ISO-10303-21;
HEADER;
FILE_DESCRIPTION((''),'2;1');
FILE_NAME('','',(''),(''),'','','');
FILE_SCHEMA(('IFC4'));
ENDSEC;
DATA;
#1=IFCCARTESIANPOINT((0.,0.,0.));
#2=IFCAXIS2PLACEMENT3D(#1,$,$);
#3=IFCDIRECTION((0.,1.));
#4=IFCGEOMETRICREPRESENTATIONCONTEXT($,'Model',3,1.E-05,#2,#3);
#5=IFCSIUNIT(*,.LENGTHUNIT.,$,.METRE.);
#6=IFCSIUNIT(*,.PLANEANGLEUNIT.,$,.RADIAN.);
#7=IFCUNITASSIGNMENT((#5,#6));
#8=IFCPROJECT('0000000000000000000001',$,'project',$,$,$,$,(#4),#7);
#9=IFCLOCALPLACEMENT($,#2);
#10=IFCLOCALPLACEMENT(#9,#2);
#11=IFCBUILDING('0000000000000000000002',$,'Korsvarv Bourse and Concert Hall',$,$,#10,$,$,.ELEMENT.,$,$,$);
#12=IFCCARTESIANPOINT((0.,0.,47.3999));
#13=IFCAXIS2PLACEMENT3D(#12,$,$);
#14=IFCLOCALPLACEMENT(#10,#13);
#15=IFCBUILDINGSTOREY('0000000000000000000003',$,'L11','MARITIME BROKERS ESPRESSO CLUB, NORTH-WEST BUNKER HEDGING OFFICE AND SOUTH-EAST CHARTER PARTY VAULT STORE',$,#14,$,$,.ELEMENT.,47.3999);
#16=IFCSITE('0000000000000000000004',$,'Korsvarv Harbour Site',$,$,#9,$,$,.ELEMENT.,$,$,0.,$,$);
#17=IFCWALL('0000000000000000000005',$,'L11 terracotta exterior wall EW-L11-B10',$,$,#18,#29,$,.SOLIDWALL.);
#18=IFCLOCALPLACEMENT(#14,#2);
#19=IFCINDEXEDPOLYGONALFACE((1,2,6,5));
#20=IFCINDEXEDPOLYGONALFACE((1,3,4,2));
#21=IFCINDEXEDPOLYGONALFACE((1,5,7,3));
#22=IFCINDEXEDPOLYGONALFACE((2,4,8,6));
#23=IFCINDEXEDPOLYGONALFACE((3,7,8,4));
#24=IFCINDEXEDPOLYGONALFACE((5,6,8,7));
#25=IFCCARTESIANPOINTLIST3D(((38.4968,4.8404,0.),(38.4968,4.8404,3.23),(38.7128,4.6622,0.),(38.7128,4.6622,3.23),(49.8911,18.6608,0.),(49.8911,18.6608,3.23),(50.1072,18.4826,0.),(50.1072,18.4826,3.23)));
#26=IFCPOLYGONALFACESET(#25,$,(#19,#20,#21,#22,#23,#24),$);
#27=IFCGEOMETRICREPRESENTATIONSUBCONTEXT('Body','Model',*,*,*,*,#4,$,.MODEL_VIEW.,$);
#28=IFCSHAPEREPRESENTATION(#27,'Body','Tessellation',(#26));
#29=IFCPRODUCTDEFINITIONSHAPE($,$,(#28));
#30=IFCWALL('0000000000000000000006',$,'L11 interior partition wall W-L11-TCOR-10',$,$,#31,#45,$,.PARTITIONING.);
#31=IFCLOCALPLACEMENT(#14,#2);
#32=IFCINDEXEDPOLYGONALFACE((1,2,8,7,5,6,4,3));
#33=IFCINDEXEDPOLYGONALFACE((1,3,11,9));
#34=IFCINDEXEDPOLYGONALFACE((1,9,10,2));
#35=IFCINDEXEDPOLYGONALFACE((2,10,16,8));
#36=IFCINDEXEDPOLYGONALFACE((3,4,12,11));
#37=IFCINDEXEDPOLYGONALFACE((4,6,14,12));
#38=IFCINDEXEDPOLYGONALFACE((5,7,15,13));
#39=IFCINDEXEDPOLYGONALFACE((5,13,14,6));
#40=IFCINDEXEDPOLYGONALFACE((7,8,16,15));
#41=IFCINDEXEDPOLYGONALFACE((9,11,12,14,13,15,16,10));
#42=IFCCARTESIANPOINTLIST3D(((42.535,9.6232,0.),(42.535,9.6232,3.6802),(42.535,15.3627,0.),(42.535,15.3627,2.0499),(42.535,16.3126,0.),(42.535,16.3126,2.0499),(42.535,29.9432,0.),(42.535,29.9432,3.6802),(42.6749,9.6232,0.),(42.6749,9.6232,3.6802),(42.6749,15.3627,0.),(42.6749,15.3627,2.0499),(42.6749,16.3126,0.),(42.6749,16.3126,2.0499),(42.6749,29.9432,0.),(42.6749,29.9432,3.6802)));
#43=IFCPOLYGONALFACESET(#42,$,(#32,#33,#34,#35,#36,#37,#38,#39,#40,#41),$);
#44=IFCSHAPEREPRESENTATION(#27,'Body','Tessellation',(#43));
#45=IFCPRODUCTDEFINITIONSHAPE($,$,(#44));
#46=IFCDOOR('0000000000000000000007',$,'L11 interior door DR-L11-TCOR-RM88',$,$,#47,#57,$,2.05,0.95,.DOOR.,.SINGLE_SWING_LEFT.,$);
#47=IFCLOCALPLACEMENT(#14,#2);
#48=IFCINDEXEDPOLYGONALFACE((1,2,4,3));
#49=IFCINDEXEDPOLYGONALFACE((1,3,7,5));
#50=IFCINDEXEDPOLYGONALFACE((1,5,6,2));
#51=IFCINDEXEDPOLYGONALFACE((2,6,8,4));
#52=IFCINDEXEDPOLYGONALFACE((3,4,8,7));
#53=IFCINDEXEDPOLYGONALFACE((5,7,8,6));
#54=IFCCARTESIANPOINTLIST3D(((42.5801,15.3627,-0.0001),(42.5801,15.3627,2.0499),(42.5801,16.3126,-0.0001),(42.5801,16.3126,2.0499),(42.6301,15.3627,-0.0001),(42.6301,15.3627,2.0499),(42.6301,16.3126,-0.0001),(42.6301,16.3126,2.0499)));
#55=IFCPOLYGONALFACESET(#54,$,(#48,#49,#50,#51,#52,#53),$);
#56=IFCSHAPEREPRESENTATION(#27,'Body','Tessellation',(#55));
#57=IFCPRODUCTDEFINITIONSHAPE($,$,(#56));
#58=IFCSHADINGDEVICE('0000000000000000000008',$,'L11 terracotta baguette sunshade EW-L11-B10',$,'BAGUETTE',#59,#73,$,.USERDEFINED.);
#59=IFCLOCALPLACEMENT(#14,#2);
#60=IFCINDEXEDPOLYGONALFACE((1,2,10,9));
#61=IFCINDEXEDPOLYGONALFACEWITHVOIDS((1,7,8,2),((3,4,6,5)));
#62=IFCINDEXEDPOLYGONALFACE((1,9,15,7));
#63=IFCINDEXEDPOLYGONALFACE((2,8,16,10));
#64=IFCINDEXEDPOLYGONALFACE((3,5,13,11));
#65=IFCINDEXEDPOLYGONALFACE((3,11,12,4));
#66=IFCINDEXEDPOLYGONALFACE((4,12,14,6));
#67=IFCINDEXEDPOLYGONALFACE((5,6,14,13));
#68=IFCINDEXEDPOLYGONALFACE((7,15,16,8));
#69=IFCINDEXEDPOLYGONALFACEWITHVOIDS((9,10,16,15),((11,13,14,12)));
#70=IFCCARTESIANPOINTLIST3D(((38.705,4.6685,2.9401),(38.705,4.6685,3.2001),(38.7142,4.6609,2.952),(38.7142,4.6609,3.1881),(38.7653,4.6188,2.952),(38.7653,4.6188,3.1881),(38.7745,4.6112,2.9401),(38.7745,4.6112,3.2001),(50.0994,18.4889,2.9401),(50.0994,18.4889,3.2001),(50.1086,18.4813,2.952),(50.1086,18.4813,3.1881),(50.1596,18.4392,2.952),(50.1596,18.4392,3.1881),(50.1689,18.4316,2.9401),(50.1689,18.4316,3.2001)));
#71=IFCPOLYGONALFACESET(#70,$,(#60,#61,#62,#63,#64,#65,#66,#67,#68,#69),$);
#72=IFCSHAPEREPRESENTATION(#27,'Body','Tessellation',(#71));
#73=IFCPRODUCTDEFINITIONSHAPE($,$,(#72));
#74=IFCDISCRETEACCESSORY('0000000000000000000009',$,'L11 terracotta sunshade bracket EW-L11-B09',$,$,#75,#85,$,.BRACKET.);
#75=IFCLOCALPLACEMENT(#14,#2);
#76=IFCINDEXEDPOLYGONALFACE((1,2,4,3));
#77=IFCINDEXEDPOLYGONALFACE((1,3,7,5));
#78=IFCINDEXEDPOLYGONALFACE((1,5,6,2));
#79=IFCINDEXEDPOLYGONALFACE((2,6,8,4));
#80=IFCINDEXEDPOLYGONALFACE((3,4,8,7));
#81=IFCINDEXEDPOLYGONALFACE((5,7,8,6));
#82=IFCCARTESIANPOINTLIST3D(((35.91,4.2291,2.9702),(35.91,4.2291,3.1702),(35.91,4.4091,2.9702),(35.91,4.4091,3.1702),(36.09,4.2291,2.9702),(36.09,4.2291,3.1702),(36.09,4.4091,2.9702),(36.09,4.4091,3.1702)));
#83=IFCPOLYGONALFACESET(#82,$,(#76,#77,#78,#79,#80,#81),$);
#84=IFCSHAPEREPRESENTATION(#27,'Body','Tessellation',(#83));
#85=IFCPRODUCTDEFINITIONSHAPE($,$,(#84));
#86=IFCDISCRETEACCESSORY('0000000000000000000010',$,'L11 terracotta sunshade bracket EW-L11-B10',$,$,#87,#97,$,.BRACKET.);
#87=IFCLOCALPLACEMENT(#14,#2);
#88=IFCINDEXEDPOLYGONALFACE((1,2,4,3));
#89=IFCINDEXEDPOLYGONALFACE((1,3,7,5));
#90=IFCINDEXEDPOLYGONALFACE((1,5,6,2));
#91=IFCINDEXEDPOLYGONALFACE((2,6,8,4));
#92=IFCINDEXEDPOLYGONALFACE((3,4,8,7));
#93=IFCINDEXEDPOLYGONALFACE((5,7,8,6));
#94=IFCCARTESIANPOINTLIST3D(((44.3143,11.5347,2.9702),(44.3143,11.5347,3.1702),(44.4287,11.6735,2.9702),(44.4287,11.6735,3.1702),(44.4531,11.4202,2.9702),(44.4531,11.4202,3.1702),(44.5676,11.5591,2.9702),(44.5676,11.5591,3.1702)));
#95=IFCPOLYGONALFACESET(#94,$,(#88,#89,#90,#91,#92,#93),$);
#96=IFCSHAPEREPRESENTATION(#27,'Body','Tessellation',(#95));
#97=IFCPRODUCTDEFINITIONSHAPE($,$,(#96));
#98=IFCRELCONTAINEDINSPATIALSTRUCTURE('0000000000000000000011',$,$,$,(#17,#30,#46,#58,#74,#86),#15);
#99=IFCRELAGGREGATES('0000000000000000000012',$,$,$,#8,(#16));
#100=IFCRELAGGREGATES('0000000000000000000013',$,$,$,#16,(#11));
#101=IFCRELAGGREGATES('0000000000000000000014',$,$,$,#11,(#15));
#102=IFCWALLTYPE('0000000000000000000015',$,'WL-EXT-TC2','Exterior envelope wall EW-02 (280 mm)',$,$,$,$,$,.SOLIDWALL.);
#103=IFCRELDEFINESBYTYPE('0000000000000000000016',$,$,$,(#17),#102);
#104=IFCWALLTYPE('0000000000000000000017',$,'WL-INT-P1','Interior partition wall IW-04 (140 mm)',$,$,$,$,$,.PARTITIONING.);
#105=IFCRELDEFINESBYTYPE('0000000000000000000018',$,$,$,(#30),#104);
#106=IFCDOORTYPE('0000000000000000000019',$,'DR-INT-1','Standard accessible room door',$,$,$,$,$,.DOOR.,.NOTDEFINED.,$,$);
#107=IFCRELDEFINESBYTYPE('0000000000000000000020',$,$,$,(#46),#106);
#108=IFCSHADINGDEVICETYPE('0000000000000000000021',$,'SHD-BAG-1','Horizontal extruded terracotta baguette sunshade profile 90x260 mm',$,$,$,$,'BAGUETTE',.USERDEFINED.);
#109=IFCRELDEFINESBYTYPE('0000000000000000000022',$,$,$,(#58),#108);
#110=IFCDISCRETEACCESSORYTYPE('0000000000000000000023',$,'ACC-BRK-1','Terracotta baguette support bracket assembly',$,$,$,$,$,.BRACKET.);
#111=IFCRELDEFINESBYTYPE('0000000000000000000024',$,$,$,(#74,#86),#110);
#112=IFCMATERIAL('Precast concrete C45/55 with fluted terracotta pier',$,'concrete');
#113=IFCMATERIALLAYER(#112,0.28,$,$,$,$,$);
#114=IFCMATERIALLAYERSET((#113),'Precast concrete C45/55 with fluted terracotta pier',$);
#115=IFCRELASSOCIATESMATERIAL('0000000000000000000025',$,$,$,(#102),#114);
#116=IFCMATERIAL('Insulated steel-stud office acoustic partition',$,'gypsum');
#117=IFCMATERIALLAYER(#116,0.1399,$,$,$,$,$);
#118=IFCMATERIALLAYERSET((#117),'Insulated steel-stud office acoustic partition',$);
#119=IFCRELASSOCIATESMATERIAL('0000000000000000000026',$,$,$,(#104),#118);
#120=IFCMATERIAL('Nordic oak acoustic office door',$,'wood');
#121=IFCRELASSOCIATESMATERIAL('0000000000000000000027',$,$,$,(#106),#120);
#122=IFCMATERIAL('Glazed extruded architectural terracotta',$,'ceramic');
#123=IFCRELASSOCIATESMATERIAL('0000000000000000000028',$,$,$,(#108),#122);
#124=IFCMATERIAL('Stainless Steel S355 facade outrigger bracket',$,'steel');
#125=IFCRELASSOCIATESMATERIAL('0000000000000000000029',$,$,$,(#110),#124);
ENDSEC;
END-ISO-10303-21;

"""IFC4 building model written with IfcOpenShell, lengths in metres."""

from ifc_helpers import new_model, si_unit, direction, frame, frame_2d, origin, origin_2d, place, context, subcontext, project, spatial, rectangle, hollow_rectangle, extrude, source, transform, mapped, material, layer, layer_set, material_profile, profile_set, type_object, element, fill, save


model = new_model("IFC4")

# Units and contexts
model_context = context("Model", 3, precision=1e-05, world=origin(), true_north=direction((0.0, 1.0)))
body_context = subcontext(model_context, "Body", "Model", "MODEL_VIEW")
ifc_project = project(units=[si_unit("LENGTHUNIT", "METRE"), si_unit("PLANEANGLEUNIT", "RADIAN")], contexts=[model_context])

# Site, building, storey
site_placement = place(None, origin())
site = spatial("IfcSite", under=ifc_project, at=site_placement, Name="Korsvarv Harbour Site", CompositionType="ELEMENT", RefElevation=0.0)
building_placement = place(site_placement, origin())
building = spatial("IfcBuilding", under=site, at=building_placement, Name="Korsvarv Bourse and Concert Hall", CompositionType="ELEMENT")
storey_placement = place(building_placement, frame((0.0, 0.0, 47.3999)))
storey = spatial("IfcBuildingStorey", under=building, at=storey_placement, Name="L11", Description="MARITIME BROKERS ESPRESSO CLUB, NORTH-WEST BUNKER HEDGING OFFICE AND SOUTH-EAST CHARTER PARTY VAULT STORE", CompositionType="ELEMENT", Elevation=47.3999)

# Wall
ifc_material_1 = material(Name="Precast concrete C45/55 with fluted terracotta pier", Category="concrete")
ifc_layer_1 = layer(ifc_material_1, 0.28)
ifc_layer_set_1 = layer_set([ifc_layer_1], Name="Precast concrete C45/55 with fluted terracotta pier")
wall_type_1 = type_object("IfcWallType", Name="WL-EXT-TC2", Description="Exterior envelope wall EW-02 (280 mm)", PredefinedType="SOLIDWALL", material=ifc_layer_set_1)
wall_1_placement = place(storey_placement, frame((38.6047, 4.7512, 0.0), z_axis=(0.0, 0.0, 1.0), x_axis=(0.636135, 0.771578, 0.0)))
element("IfcWall", 1, at=wall_1_placement, inside=storey, type_object=wall_type_1, Name="L11 terracotta exterior wall EW-L11-B10", PredefinedType="SOLIDWALL", context=body_context, shape_type="SweptSolid", body=[
    extrude(rectangle(XDim=17.9119, YDim=0.28, at=frame_2d((8.9561, 0.0))), origin(), (0.0, 0.0, 1.0), 3.23),
])

# Wall, opening, door
ifc_material_2 = material(Name="Insulated steel-stud office acoustic partition", Category="gypsum")
ifc_layer_2 = layer(ifc_material_2, 0.1399)
ifc_layer_set_2 = layer_set([ifc_layer_2], Name="Insulated steel-stud office acoustic partition")
wall_type_2 = type_object("IfcWallType", Name="WL-INT-P1", Description="Interior partition wall IW-04 (140 mm)", PredefinedType="PARTITIONING", material=ifc_layer_set_2)
wall_2_placement = place(storey_placement, frame((42.605, 9.623, 0.0), z_axis=(0.0, 0.0, 1.0), x_axis=(0.0, 1.0, 0.0)))
wall_2 = element("IfcWall", 2, at=wall_2_placement, inside=storey, type_object=wall_type_2, Name="L11 interior partition wall W-L11-TCOR-10", PredefinedType="PARTITIONING", context=body_context, shape_type="SweptSolid", body=[
    extrude(rectangle(XDim=20.3201, YDim=0.1399, at=frame_2d((10.1602, 0.0))), origin(), (0.0, 0.0, 1.0), 3.6802),
])
opening_placement = place(wall_2_placement, frame((5.7395, 0.0, 0.0)))
opening = element("IfcOpeningElement", 3, at=opening_placement, cuts=wall_2, PredefinedType="OPENING", context=body_context, shape_type="SweptSolid", body=[
    extrude(rectangle(XDim=0.95, YDim=2.05, at=frame_2d((0.4751, 1.0249))), frame((0.0, 0.0801, 0.0), z_axis=(0.0, -1.0, 0.0), x_axis=(1.0, 0.0, 0.0)), (0.0, 0.0, 1.0), 0.1599),
])
ifc_material_3 = material(Name="Nordic oak acoustic office door", Category="wood")
door_type = type_object("IfcDoorType", Name="DR-INT-1", Description="Standard accessible room door", OperationType="NOTDEFINED", PredefinedType="DOOR", material=ifc_material_3)
door_placement = place(opening_placement, origin())
door = element("IfcDoor", 4, at=door_placement, inside=storey, type_object=door_type, Name="L11 interior door DR-L11-TCOR-RM88", OperationType="SINGLE_SWING_LEFT", OverallHeight=2.05, OverallWidth=0.95, PredefinedType="DOOR", context=body_context, shape_type="SweptSolid", body=[
    extrude(rectangle(XDim=0.95, YDim=2.05, at=frame_2d((0.4751, 1.0249))), frame((0.0, 0.0249, 0.0), z_axis=(0.0, -1.0, 0.0), x_axis=(1.0, 0.0, 0.0)), (0.0, 0.0, 1.0), 0.05),
])
fill(opening, door)

# Shading device
ifc_material_4 = material(Name="Glazed extruded architectural terracotta", Category="ceramic")
ifc_material_profile_1 = material_profile(ifc_material_4, hollow_rectangle(XDim=0.0901, YDim=0.26, WallThickness=0.012, at=origin_2d()), Name="TC-BAG 90x260")
ifc_profile_set_1 = profile_set([ifc_material_profile_1], Name="Glazed extruded architectural terracotta")
shading_device_type = type_object("IfcShadingDeviceType", Name="SHD-BAG-1", Description="Horizontal extruded terracotta baguette sunshade profile 90x260 mm", ElementType="BAGUETTE", PredefinedType="USERDEFINED", material=ifc_profile_set_1)
shared_shape_1 = source(origin(), body_context, "Body", "SweptSolid", [
    extrude(hollow_rectangle(XDim=0.0901, YDim=0.26, WallThickness=0.012, at=origin_2d()), origin(), (0.0, 0.0, 1.0), 17.9119),
])
shading_device_placement = place(storey_placement, frame((38.7397, 4.6399, 3.0701), z_axis=(0.636135, 0.771578, 0.0), x_axis=(-0.771578, 0.636135, 0.0)))
element("IfcShadingDevice", 5, at=shading_device_placement, inside=storey, type_object=shading_device_type, Name="L11 terracotta baguette sunshade EW-L11-B10", ObjectType="BAGUETTE", PredefinedType="USERDEFINED", context=body_context, shape_type="MappedRepresentation", body=[
    mapped(shared_shape_1, transform((0.0, 0.0, 0.0), scale=1.0)),
])

# Discrete accessories
ifc_material_5 = material(Name="Stainless Steel S355 facade outrigger bracket", Category="steel")
discrete_accessory_type = type_object("IfcDiscreteAccessoryType", Name="ACC-BRK-1", Description="Terracotta baguette support bracket assembly", PredefinedType="BRACKET", material=ifc_material_5)
shared_shape_2 = source(origin(), body_context, "Body", "SweptSolid", [
    extrude(rectangle(XDim=0.1799, YDim=0.1799, at=origin_2d()), origin(), (0.0, 0.0, 1.0), 0.2),
])
for number, where, z_axis, x_axis, name in (
    (6, (36.0, 4.3191, 2.9702), (0.0, 0.0, 1.0), (1.0, 0.0, 0.0), "L11 terracotta sunshade bracket EW-L11-B09"),
    (7, (44.4409, 11.5469, 2.9702), (0.0, 0.0, 1.0), (0.636078, 0.771625, 0.0), "L11 terracotta sunshade bracket EW-L11-B10"),
):
    element("IfcDiscreteAccessory", number, at=place(storey_placement, frame(where, z_axis=z_axis, x_axis=x_axis)), inside=storey, type_object=discrete_accessory_type, Name=name, PredefinedType="BRACKET", context=body_context, shape_type="MappedRepresentation", body=[
        mapped(shared_shape_2, transform((0.0, 0.0, 0.0), scale=1.0)),
    ])

save(model, "model.ifc")
